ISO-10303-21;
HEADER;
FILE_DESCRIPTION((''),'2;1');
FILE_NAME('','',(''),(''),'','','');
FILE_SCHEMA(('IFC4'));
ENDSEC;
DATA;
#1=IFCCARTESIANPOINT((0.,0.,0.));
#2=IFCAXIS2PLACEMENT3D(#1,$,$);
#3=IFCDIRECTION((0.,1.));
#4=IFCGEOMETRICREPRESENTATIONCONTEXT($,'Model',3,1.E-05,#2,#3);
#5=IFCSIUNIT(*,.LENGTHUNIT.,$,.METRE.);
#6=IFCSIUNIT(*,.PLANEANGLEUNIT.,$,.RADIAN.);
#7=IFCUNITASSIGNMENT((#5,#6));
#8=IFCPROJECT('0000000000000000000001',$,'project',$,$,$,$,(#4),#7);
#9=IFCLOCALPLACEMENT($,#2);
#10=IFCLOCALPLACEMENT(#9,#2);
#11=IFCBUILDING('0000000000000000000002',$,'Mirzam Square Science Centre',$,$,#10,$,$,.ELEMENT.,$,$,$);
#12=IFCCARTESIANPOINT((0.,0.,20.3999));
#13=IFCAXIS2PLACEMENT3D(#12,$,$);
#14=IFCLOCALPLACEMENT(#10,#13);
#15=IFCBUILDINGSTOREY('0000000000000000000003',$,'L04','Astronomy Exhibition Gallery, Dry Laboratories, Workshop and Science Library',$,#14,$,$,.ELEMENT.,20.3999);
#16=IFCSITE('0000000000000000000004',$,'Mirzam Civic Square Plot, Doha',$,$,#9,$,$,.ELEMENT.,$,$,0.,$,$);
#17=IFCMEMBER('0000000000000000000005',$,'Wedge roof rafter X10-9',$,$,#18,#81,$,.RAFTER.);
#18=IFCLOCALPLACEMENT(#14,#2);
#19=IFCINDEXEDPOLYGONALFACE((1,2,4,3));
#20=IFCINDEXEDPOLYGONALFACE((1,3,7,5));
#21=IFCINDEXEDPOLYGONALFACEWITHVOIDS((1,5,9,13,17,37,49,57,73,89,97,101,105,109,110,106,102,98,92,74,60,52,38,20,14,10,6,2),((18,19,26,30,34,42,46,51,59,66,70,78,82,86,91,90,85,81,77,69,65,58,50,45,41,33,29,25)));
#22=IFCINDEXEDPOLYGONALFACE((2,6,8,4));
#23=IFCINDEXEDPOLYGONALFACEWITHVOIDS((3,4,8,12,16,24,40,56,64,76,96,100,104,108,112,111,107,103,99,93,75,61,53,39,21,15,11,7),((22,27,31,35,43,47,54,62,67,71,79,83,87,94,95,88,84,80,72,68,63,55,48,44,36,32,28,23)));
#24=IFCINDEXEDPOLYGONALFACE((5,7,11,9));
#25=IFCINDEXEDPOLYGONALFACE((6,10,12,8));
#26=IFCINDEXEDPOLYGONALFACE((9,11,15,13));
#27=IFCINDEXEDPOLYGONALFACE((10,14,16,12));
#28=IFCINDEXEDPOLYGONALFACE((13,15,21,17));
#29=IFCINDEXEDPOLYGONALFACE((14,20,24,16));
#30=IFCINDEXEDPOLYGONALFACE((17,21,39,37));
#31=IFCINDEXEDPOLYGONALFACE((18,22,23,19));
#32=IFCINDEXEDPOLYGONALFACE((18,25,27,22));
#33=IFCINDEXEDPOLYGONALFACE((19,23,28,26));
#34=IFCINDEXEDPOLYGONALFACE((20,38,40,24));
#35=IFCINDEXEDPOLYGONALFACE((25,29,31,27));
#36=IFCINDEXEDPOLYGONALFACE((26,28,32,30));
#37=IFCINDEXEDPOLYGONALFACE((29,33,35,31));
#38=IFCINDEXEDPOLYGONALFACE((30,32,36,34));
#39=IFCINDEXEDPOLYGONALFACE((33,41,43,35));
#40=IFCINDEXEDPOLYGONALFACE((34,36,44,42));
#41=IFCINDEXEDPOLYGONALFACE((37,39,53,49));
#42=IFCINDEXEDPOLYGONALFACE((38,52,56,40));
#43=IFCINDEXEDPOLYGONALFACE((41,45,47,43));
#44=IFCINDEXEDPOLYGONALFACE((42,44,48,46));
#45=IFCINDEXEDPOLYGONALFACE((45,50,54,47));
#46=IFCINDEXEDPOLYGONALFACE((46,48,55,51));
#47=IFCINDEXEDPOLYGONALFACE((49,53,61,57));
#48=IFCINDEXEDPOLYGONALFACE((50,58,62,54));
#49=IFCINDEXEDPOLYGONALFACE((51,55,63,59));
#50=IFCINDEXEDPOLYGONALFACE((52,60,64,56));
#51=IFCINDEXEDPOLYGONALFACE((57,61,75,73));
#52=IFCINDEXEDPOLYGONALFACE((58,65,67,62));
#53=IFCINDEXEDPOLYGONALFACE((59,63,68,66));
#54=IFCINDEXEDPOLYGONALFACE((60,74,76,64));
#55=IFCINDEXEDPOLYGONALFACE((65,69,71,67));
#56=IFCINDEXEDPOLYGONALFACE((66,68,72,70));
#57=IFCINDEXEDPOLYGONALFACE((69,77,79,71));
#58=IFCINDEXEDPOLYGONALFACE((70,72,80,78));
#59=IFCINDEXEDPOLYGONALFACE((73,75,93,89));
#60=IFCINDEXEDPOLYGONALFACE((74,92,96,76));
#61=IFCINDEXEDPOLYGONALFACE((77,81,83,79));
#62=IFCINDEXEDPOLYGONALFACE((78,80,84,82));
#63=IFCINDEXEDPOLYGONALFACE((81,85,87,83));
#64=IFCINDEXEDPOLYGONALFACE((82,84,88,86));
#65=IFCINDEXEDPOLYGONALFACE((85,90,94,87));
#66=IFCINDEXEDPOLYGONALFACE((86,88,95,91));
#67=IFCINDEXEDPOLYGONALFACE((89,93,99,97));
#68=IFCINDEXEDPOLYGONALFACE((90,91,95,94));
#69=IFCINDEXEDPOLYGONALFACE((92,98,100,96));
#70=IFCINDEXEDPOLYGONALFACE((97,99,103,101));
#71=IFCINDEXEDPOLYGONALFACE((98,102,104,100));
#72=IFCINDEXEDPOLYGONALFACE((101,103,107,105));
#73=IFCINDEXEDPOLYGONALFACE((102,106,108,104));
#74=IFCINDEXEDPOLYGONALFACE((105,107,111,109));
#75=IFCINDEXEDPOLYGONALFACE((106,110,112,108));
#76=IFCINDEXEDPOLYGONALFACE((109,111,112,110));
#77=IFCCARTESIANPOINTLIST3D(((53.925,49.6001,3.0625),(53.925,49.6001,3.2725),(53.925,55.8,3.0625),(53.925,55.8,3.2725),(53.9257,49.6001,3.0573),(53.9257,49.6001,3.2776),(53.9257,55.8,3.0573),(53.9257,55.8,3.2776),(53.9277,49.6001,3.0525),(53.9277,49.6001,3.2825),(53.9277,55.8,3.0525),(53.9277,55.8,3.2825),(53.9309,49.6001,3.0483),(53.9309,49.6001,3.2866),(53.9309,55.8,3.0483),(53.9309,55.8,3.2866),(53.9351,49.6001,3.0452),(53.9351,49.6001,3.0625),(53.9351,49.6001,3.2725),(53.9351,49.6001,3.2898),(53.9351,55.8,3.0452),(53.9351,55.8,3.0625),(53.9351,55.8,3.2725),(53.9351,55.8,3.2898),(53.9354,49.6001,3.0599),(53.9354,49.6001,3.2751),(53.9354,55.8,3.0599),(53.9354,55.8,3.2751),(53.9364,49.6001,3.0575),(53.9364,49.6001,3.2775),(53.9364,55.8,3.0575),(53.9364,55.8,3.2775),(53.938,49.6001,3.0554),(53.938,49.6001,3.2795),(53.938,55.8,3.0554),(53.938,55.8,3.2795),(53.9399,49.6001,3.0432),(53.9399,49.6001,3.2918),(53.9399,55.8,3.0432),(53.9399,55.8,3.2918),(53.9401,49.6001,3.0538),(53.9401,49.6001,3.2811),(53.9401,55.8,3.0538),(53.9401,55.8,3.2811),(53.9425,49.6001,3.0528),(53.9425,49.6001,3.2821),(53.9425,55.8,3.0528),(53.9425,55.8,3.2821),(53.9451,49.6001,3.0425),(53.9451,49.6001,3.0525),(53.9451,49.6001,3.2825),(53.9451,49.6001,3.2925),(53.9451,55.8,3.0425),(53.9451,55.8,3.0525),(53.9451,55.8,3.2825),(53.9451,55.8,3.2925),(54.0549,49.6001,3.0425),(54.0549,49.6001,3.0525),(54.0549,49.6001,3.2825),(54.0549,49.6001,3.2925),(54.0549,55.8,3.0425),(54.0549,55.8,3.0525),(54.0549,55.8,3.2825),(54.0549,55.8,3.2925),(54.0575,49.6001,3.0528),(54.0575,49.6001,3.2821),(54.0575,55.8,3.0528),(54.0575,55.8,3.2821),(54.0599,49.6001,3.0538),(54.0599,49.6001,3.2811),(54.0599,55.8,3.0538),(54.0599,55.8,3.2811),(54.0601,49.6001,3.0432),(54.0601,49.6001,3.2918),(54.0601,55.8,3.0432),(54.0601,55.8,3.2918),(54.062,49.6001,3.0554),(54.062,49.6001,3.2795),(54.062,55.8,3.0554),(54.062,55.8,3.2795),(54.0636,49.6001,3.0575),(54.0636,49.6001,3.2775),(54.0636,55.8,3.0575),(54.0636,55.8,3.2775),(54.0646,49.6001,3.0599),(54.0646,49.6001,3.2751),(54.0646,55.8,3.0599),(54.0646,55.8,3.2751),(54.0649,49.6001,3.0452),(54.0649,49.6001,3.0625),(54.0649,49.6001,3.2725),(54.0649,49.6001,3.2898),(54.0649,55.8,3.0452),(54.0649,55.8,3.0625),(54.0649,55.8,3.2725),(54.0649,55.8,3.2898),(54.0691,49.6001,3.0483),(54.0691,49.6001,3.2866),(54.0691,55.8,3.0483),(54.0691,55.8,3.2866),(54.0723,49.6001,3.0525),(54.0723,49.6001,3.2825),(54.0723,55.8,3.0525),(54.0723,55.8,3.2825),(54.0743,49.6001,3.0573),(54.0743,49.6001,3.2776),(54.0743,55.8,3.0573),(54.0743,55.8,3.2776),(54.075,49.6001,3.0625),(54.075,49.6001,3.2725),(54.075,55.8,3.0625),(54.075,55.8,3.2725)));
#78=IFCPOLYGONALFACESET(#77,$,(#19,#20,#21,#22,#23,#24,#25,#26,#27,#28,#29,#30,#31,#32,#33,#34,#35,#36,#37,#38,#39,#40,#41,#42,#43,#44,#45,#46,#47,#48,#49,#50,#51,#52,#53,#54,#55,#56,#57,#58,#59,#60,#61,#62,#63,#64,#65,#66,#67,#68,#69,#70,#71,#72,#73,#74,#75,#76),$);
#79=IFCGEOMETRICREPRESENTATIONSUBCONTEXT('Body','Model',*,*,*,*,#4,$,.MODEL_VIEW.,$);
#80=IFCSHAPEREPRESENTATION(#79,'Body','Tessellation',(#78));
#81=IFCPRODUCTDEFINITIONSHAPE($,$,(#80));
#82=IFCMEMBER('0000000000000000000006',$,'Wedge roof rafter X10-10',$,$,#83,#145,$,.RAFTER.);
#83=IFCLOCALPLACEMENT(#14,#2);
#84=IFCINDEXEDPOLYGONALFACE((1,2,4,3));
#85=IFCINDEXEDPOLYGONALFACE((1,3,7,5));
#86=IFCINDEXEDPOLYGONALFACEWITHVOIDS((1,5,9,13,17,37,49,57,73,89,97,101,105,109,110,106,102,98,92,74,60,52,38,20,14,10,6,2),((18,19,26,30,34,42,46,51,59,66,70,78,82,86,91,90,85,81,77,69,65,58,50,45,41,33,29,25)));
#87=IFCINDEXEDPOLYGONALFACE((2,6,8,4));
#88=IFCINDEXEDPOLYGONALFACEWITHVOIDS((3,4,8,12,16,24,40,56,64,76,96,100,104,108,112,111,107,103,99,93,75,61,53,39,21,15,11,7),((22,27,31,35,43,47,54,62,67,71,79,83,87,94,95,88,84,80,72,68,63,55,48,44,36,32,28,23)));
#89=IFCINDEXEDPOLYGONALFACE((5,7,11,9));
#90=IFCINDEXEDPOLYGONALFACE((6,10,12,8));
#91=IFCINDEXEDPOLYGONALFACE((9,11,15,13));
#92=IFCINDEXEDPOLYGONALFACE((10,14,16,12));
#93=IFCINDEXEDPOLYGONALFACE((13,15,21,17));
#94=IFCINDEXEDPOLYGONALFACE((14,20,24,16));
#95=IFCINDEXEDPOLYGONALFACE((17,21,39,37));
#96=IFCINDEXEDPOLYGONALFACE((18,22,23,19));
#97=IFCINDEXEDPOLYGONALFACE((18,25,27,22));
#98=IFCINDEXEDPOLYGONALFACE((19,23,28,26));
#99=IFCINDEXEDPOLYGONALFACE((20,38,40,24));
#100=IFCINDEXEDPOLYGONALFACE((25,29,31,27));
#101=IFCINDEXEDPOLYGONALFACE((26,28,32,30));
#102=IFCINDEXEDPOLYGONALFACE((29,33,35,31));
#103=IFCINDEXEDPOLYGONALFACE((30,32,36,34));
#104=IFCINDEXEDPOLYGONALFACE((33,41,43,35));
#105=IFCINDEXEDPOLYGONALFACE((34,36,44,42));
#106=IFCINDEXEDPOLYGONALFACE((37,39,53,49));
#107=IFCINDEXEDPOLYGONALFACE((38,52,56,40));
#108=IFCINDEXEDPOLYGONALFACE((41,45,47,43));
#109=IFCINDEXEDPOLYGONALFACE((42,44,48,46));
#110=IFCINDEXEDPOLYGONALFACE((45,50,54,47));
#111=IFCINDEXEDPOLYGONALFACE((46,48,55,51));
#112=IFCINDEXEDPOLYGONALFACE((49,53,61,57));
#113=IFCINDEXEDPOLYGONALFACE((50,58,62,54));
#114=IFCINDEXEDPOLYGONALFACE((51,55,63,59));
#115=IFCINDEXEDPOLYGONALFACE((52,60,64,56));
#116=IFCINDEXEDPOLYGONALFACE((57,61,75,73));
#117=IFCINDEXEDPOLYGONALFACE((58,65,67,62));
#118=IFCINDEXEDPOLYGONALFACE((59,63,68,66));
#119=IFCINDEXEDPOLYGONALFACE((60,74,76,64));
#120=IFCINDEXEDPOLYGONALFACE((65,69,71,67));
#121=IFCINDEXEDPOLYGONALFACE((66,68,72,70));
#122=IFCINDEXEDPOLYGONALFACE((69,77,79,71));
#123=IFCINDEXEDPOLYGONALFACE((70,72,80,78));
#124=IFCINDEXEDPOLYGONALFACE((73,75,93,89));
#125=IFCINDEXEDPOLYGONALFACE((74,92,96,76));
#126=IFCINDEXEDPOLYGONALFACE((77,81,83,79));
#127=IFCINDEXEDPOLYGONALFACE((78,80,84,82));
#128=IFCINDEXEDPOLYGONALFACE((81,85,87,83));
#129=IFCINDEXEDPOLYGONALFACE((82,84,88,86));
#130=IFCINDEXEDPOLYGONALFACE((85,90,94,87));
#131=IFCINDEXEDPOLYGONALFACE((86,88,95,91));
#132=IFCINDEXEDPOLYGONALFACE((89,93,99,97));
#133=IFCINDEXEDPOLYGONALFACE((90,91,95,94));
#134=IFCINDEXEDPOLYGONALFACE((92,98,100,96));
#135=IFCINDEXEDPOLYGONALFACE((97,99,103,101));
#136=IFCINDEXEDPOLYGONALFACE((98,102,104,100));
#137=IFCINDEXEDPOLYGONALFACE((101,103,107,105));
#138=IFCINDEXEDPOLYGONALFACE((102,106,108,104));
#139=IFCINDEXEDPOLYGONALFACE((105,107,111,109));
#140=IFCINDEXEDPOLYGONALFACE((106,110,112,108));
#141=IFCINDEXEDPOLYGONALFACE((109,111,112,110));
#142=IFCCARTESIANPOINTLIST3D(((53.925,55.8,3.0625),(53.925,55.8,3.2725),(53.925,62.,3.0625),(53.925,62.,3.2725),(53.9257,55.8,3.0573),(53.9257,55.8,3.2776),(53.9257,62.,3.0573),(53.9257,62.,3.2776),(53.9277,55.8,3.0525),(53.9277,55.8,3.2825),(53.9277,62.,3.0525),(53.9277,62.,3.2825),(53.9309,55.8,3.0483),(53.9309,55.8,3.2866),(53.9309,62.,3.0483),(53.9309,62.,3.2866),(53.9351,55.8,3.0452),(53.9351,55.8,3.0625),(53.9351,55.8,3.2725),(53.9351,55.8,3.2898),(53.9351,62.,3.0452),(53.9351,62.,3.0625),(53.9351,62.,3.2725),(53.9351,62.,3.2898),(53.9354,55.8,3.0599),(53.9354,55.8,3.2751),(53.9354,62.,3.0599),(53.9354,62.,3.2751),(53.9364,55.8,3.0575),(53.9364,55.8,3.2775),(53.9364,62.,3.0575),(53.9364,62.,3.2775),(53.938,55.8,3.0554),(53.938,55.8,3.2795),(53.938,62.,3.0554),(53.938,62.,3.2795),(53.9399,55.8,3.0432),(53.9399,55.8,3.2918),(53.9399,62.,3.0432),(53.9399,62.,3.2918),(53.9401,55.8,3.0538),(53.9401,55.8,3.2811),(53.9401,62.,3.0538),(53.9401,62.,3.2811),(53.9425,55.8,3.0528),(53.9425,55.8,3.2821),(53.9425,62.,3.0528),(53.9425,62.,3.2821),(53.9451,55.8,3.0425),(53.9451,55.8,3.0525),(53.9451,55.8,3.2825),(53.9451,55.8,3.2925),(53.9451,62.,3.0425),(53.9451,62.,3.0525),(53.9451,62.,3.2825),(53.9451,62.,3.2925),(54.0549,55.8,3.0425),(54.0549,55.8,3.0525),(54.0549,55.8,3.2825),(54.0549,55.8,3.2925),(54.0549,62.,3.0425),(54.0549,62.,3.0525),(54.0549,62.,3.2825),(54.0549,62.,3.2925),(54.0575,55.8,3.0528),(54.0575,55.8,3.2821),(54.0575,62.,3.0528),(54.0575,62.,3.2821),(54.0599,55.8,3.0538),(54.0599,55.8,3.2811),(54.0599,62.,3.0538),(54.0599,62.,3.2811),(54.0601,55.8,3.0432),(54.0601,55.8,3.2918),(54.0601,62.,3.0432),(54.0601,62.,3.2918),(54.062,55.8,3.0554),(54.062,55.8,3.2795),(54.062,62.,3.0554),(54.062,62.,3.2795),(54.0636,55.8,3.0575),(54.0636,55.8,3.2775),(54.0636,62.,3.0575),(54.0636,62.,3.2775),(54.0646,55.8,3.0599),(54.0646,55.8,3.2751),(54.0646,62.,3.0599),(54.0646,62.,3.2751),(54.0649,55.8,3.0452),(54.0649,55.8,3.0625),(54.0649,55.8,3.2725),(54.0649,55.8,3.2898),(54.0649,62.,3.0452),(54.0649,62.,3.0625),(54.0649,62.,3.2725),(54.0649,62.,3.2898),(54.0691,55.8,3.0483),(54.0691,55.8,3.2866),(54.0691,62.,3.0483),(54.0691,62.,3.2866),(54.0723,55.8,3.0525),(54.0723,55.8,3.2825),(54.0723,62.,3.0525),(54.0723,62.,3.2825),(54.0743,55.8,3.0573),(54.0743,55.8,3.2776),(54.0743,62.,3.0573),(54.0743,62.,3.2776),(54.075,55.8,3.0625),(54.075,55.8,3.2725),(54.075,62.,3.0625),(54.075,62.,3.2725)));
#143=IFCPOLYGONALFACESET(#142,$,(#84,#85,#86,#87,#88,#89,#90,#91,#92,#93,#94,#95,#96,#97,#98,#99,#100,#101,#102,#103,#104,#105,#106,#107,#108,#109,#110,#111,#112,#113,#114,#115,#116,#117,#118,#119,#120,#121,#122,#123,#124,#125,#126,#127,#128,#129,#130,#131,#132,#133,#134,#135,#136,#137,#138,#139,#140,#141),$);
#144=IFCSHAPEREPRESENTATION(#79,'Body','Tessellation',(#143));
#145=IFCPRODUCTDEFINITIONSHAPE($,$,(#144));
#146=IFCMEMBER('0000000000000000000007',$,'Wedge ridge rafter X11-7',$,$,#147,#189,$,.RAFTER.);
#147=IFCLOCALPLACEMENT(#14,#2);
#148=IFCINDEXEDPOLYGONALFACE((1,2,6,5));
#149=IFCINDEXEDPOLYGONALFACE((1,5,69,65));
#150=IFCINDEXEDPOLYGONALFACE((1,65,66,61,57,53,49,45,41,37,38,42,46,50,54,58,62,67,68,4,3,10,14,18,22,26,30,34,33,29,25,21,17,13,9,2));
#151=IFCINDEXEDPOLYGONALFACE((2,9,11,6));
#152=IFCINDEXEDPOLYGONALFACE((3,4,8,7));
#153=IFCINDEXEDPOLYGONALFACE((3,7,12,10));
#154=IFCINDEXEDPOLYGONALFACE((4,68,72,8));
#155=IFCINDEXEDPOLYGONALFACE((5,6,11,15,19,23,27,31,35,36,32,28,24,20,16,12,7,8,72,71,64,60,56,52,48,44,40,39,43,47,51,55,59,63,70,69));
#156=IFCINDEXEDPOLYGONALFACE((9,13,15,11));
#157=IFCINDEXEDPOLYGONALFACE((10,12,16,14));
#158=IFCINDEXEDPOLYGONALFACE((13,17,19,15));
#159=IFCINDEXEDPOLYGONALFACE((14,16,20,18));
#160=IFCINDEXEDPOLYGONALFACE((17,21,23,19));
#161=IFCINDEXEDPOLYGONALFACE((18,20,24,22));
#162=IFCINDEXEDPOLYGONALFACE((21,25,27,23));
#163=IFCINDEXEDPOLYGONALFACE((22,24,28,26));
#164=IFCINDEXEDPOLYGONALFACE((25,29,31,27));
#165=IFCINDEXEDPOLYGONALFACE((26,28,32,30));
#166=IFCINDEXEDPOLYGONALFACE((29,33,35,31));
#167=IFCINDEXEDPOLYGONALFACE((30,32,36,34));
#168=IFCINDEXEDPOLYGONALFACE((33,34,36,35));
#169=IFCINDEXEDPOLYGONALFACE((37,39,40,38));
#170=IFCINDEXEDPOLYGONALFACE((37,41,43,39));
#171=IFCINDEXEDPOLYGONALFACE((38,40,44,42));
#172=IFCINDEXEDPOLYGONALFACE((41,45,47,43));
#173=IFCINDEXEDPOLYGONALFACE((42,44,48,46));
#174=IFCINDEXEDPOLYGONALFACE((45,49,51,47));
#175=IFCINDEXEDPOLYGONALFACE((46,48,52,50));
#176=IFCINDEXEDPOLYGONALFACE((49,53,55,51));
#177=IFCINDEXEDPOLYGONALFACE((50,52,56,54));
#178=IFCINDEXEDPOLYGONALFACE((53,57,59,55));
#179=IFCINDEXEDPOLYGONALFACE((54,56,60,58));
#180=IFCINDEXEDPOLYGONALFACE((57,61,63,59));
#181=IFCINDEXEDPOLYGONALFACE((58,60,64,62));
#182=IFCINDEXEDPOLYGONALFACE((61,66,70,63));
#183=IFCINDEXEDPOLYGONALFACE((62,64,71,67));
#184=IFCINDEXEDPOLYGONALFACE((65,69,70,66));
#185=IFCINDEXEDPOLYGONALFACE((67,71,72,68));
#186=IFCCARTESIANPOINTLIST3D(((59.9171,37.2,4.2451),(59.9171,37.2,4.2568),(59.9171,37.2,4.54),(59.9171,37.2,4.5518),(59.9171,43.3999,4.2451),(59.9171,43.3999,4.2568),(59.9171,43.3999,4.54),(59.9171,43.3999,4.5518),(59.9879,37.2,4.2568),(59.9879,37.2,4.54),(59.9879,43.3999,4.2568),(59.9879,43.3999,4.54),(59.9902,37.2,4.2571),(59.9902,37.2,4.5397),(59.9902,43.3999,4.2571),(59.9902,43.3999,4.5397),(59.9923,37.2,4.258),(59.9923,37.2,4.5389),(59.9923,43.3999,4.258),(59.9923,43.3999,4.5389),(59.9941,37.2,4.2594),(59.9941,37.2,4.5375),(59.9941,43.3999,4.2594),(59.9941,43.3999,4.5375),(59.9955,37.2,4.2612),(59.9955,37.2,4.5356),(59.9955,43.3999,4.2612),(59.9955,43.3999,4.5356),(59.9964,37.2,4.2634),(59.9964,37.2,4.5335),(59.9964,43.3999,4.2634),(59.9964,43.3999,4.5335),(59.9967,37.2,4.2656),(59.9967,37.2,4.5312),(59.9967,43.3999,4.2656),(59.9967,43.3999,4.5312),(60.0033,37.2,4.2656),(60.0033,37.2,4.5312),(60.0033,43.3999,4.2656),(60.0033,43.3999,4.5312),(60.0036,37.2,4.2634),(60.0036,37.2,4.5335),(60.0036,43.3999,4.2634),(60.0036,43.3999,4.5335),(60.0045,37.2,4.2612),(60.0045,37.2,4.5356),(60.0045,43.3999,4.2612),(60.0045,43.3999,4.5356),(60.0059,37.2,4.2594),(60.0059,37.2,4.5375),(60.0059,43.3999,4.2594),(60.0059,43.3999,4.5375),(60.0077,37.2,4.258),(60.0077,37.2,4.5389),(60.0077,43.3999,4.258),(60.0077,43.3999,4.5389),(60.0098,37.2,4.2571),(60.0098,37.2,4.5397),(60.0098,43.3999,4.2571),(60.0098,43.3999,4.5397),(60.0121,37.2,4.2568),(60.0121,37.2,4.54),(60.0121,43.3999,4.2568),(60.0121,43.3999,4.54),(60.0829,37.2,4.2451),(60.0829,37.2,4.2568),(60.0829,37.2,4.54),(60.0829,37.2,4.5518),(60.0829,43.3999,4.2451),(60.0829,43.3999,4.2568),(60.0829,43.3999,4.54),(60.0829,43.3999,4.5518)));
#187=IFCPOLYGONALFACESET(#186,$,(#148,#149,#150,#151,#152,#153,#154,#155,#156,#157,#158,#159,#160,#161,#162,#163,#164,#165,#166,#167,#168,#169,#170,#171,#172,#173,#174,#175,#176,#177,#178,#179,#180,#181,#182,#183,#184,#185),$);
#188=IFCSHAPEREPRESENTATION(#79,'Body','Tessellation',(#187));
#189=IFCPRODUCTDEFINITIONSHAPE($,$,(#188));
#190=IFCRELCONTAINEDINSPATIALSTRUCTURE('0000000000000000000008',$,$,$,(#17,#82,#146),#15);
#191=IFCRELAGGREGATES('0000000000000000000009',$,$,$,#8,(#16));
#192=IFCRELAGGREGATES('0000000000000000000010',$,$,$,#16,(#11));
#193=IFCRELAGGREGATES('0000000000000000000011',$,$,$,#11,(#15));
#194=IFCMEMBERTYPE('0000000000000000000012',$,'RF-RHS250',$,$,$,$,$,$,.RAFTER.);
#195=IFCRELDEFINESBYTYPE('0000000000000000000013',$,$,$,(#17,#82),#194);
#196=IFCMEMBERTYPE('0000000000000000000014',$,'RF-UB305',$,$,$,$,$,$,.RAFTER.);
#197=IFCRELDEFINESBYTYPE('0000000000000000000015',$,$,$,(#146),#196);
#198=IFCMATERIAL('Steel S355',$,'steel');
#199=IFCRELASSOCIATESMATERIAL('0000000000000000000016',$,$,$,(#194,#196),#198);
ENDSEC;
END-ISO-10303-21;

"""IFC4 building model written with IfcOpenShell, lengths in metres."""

from ifc_helpers import new_model, si_unit, direction, frame, origin, origin_2d, place, context, subcontext, project, spatial, hollow_rectangle, i_section, extrude, material, material_profile, profile_set, type_object, element, save


model = new_model("IFC4")

# Units and contexts
model_context = context("Model", 3, precision=1e-05, world=origin(), true_north=direction((0.0, 1.0)))
body_context = subcontext(model_context, "Body", "Model", "MODEL_VIEW")
ifc_project = project(units=[si_unit("LENGTHUNIT", "METRE"), si_unit("PLANEANGLEUNIT", "RADIAN")], contexts=[model_context])

# Site, building, storey
site_placement = place(None, origin())
site = spatial("IfcSite", under=ifc_project, at=site_placement, Name="Mirzam Civic Square Plot, Doha", CompositionType="ELEMENT", RefElevation=0.0)
building_placement = place(site_placement, origin())
building = spatial("IfcBuilding", under=site, at=building_placement, Name="Mirzam Square Science Centre", CompositionType="ELEMENT")
storey_placement = place(building_placement, frame((0.0, 0.0, 20.3999)))
storey = spatial("IfcBuildingStorey", under=building, at=storey_placement, Name="L04", Description="Astronomy Exhibition Gallery, Dry Laboratories, Workshop and Science Library", CompositionType="ELEMENT", Elevation=20.3999)

# Members
ifc_material_1 = material(Name="Steel S355", Category="steel")
ifc_material_profile_1 = material_profile(ifc_material_1, hollow_rectangle(XDim=0.1499, YDim=0.25, WallThickness=0.01, InnerFilletRadius=0.01, OuterFilletRadius=0.02, at=origin_2d()), Name="250x150x10.0RHS")
ifc_profile_set_1 = profile_set([ifc_material_profile_1], Name="Steel S355")
member_type_1 = type_object("IfcMemberType", Name="RF-RHS250", PredefinedType="RAFTER", material=ifc_profile_set_1)
for number, where, z_axis, x_axis, name in (
    (1, (54.0, 49.6001, 3.1675), (0.0, 1.0, 0.0), (-1.0, 0.0, 0.0), "Wedge roof rafter X10-9"),
    (2, (54.0, 55.8, 3.1675), (0.0, 1.0, 0.0), (-1.0, 0.0, 0.0), "Wedge roof rafter X10-10"),
):
    element("IfcMember", number, at=place(storey_placement, frame(where, z_axis=z_axis, x_axis=x_axis)), inside=storey, type_object=member_type_1, Name=name, PredefinedType="RAFTER", context=body_context, shape_type="SweptSolid", body=[
        extrude(hollow_rectangle(XDim=0.1499, YDim=0.25, WallThickness=0.01, InnerFilletRadius=0.01, OuterFilletRadius=0.02, at=origin_2d()), origin(), (0.0, 0.0, 1.0), 6.2),
    ])
ifc_material_profile_2 = material_profile(ifc_material_1, i_section(OverallWidth=0.1658, OverallDepth=0.3066, WebThickness=0.0066, FlangeThickness=0.0117, FilletRadius=0.0088, at=origin_2d()), Name="305x165x46UB")
ifc_profile_set_2 = profile_set([ifc_material_profile_2], Name="Steel S355")
member_type_2 = type_object("IfcMemberType", Name="RF-UB305", PredefinedType="RAFTER", material=ifc_profile_set_2)
member_1_placement = place(storey_placement, frame((60.0, 37.2, 4.3984), z_axis=(0.0, 1.0, 0.0), x_axis=(-1.0, 0.0, 0.0)))
element("IfcMember", 3, at=member_1_placement, inside=storey, type_object=member_type_2, Name="Wedge ridge rafter X11-7", PredefinedType="RAFTER", context=body_context, shape_type="SweptSolid", body=[
    extrude(i_section(OverallWidth=0.1658, OverallDepth=0.3066, WebThickness=0.0066, FlangeThickness=0.0117, FilletRadius=0.0088, at=origin_2d()), origin(), (0.0, 0.0, 1.0), 6.2),
])

save(model, "model.ifc")
